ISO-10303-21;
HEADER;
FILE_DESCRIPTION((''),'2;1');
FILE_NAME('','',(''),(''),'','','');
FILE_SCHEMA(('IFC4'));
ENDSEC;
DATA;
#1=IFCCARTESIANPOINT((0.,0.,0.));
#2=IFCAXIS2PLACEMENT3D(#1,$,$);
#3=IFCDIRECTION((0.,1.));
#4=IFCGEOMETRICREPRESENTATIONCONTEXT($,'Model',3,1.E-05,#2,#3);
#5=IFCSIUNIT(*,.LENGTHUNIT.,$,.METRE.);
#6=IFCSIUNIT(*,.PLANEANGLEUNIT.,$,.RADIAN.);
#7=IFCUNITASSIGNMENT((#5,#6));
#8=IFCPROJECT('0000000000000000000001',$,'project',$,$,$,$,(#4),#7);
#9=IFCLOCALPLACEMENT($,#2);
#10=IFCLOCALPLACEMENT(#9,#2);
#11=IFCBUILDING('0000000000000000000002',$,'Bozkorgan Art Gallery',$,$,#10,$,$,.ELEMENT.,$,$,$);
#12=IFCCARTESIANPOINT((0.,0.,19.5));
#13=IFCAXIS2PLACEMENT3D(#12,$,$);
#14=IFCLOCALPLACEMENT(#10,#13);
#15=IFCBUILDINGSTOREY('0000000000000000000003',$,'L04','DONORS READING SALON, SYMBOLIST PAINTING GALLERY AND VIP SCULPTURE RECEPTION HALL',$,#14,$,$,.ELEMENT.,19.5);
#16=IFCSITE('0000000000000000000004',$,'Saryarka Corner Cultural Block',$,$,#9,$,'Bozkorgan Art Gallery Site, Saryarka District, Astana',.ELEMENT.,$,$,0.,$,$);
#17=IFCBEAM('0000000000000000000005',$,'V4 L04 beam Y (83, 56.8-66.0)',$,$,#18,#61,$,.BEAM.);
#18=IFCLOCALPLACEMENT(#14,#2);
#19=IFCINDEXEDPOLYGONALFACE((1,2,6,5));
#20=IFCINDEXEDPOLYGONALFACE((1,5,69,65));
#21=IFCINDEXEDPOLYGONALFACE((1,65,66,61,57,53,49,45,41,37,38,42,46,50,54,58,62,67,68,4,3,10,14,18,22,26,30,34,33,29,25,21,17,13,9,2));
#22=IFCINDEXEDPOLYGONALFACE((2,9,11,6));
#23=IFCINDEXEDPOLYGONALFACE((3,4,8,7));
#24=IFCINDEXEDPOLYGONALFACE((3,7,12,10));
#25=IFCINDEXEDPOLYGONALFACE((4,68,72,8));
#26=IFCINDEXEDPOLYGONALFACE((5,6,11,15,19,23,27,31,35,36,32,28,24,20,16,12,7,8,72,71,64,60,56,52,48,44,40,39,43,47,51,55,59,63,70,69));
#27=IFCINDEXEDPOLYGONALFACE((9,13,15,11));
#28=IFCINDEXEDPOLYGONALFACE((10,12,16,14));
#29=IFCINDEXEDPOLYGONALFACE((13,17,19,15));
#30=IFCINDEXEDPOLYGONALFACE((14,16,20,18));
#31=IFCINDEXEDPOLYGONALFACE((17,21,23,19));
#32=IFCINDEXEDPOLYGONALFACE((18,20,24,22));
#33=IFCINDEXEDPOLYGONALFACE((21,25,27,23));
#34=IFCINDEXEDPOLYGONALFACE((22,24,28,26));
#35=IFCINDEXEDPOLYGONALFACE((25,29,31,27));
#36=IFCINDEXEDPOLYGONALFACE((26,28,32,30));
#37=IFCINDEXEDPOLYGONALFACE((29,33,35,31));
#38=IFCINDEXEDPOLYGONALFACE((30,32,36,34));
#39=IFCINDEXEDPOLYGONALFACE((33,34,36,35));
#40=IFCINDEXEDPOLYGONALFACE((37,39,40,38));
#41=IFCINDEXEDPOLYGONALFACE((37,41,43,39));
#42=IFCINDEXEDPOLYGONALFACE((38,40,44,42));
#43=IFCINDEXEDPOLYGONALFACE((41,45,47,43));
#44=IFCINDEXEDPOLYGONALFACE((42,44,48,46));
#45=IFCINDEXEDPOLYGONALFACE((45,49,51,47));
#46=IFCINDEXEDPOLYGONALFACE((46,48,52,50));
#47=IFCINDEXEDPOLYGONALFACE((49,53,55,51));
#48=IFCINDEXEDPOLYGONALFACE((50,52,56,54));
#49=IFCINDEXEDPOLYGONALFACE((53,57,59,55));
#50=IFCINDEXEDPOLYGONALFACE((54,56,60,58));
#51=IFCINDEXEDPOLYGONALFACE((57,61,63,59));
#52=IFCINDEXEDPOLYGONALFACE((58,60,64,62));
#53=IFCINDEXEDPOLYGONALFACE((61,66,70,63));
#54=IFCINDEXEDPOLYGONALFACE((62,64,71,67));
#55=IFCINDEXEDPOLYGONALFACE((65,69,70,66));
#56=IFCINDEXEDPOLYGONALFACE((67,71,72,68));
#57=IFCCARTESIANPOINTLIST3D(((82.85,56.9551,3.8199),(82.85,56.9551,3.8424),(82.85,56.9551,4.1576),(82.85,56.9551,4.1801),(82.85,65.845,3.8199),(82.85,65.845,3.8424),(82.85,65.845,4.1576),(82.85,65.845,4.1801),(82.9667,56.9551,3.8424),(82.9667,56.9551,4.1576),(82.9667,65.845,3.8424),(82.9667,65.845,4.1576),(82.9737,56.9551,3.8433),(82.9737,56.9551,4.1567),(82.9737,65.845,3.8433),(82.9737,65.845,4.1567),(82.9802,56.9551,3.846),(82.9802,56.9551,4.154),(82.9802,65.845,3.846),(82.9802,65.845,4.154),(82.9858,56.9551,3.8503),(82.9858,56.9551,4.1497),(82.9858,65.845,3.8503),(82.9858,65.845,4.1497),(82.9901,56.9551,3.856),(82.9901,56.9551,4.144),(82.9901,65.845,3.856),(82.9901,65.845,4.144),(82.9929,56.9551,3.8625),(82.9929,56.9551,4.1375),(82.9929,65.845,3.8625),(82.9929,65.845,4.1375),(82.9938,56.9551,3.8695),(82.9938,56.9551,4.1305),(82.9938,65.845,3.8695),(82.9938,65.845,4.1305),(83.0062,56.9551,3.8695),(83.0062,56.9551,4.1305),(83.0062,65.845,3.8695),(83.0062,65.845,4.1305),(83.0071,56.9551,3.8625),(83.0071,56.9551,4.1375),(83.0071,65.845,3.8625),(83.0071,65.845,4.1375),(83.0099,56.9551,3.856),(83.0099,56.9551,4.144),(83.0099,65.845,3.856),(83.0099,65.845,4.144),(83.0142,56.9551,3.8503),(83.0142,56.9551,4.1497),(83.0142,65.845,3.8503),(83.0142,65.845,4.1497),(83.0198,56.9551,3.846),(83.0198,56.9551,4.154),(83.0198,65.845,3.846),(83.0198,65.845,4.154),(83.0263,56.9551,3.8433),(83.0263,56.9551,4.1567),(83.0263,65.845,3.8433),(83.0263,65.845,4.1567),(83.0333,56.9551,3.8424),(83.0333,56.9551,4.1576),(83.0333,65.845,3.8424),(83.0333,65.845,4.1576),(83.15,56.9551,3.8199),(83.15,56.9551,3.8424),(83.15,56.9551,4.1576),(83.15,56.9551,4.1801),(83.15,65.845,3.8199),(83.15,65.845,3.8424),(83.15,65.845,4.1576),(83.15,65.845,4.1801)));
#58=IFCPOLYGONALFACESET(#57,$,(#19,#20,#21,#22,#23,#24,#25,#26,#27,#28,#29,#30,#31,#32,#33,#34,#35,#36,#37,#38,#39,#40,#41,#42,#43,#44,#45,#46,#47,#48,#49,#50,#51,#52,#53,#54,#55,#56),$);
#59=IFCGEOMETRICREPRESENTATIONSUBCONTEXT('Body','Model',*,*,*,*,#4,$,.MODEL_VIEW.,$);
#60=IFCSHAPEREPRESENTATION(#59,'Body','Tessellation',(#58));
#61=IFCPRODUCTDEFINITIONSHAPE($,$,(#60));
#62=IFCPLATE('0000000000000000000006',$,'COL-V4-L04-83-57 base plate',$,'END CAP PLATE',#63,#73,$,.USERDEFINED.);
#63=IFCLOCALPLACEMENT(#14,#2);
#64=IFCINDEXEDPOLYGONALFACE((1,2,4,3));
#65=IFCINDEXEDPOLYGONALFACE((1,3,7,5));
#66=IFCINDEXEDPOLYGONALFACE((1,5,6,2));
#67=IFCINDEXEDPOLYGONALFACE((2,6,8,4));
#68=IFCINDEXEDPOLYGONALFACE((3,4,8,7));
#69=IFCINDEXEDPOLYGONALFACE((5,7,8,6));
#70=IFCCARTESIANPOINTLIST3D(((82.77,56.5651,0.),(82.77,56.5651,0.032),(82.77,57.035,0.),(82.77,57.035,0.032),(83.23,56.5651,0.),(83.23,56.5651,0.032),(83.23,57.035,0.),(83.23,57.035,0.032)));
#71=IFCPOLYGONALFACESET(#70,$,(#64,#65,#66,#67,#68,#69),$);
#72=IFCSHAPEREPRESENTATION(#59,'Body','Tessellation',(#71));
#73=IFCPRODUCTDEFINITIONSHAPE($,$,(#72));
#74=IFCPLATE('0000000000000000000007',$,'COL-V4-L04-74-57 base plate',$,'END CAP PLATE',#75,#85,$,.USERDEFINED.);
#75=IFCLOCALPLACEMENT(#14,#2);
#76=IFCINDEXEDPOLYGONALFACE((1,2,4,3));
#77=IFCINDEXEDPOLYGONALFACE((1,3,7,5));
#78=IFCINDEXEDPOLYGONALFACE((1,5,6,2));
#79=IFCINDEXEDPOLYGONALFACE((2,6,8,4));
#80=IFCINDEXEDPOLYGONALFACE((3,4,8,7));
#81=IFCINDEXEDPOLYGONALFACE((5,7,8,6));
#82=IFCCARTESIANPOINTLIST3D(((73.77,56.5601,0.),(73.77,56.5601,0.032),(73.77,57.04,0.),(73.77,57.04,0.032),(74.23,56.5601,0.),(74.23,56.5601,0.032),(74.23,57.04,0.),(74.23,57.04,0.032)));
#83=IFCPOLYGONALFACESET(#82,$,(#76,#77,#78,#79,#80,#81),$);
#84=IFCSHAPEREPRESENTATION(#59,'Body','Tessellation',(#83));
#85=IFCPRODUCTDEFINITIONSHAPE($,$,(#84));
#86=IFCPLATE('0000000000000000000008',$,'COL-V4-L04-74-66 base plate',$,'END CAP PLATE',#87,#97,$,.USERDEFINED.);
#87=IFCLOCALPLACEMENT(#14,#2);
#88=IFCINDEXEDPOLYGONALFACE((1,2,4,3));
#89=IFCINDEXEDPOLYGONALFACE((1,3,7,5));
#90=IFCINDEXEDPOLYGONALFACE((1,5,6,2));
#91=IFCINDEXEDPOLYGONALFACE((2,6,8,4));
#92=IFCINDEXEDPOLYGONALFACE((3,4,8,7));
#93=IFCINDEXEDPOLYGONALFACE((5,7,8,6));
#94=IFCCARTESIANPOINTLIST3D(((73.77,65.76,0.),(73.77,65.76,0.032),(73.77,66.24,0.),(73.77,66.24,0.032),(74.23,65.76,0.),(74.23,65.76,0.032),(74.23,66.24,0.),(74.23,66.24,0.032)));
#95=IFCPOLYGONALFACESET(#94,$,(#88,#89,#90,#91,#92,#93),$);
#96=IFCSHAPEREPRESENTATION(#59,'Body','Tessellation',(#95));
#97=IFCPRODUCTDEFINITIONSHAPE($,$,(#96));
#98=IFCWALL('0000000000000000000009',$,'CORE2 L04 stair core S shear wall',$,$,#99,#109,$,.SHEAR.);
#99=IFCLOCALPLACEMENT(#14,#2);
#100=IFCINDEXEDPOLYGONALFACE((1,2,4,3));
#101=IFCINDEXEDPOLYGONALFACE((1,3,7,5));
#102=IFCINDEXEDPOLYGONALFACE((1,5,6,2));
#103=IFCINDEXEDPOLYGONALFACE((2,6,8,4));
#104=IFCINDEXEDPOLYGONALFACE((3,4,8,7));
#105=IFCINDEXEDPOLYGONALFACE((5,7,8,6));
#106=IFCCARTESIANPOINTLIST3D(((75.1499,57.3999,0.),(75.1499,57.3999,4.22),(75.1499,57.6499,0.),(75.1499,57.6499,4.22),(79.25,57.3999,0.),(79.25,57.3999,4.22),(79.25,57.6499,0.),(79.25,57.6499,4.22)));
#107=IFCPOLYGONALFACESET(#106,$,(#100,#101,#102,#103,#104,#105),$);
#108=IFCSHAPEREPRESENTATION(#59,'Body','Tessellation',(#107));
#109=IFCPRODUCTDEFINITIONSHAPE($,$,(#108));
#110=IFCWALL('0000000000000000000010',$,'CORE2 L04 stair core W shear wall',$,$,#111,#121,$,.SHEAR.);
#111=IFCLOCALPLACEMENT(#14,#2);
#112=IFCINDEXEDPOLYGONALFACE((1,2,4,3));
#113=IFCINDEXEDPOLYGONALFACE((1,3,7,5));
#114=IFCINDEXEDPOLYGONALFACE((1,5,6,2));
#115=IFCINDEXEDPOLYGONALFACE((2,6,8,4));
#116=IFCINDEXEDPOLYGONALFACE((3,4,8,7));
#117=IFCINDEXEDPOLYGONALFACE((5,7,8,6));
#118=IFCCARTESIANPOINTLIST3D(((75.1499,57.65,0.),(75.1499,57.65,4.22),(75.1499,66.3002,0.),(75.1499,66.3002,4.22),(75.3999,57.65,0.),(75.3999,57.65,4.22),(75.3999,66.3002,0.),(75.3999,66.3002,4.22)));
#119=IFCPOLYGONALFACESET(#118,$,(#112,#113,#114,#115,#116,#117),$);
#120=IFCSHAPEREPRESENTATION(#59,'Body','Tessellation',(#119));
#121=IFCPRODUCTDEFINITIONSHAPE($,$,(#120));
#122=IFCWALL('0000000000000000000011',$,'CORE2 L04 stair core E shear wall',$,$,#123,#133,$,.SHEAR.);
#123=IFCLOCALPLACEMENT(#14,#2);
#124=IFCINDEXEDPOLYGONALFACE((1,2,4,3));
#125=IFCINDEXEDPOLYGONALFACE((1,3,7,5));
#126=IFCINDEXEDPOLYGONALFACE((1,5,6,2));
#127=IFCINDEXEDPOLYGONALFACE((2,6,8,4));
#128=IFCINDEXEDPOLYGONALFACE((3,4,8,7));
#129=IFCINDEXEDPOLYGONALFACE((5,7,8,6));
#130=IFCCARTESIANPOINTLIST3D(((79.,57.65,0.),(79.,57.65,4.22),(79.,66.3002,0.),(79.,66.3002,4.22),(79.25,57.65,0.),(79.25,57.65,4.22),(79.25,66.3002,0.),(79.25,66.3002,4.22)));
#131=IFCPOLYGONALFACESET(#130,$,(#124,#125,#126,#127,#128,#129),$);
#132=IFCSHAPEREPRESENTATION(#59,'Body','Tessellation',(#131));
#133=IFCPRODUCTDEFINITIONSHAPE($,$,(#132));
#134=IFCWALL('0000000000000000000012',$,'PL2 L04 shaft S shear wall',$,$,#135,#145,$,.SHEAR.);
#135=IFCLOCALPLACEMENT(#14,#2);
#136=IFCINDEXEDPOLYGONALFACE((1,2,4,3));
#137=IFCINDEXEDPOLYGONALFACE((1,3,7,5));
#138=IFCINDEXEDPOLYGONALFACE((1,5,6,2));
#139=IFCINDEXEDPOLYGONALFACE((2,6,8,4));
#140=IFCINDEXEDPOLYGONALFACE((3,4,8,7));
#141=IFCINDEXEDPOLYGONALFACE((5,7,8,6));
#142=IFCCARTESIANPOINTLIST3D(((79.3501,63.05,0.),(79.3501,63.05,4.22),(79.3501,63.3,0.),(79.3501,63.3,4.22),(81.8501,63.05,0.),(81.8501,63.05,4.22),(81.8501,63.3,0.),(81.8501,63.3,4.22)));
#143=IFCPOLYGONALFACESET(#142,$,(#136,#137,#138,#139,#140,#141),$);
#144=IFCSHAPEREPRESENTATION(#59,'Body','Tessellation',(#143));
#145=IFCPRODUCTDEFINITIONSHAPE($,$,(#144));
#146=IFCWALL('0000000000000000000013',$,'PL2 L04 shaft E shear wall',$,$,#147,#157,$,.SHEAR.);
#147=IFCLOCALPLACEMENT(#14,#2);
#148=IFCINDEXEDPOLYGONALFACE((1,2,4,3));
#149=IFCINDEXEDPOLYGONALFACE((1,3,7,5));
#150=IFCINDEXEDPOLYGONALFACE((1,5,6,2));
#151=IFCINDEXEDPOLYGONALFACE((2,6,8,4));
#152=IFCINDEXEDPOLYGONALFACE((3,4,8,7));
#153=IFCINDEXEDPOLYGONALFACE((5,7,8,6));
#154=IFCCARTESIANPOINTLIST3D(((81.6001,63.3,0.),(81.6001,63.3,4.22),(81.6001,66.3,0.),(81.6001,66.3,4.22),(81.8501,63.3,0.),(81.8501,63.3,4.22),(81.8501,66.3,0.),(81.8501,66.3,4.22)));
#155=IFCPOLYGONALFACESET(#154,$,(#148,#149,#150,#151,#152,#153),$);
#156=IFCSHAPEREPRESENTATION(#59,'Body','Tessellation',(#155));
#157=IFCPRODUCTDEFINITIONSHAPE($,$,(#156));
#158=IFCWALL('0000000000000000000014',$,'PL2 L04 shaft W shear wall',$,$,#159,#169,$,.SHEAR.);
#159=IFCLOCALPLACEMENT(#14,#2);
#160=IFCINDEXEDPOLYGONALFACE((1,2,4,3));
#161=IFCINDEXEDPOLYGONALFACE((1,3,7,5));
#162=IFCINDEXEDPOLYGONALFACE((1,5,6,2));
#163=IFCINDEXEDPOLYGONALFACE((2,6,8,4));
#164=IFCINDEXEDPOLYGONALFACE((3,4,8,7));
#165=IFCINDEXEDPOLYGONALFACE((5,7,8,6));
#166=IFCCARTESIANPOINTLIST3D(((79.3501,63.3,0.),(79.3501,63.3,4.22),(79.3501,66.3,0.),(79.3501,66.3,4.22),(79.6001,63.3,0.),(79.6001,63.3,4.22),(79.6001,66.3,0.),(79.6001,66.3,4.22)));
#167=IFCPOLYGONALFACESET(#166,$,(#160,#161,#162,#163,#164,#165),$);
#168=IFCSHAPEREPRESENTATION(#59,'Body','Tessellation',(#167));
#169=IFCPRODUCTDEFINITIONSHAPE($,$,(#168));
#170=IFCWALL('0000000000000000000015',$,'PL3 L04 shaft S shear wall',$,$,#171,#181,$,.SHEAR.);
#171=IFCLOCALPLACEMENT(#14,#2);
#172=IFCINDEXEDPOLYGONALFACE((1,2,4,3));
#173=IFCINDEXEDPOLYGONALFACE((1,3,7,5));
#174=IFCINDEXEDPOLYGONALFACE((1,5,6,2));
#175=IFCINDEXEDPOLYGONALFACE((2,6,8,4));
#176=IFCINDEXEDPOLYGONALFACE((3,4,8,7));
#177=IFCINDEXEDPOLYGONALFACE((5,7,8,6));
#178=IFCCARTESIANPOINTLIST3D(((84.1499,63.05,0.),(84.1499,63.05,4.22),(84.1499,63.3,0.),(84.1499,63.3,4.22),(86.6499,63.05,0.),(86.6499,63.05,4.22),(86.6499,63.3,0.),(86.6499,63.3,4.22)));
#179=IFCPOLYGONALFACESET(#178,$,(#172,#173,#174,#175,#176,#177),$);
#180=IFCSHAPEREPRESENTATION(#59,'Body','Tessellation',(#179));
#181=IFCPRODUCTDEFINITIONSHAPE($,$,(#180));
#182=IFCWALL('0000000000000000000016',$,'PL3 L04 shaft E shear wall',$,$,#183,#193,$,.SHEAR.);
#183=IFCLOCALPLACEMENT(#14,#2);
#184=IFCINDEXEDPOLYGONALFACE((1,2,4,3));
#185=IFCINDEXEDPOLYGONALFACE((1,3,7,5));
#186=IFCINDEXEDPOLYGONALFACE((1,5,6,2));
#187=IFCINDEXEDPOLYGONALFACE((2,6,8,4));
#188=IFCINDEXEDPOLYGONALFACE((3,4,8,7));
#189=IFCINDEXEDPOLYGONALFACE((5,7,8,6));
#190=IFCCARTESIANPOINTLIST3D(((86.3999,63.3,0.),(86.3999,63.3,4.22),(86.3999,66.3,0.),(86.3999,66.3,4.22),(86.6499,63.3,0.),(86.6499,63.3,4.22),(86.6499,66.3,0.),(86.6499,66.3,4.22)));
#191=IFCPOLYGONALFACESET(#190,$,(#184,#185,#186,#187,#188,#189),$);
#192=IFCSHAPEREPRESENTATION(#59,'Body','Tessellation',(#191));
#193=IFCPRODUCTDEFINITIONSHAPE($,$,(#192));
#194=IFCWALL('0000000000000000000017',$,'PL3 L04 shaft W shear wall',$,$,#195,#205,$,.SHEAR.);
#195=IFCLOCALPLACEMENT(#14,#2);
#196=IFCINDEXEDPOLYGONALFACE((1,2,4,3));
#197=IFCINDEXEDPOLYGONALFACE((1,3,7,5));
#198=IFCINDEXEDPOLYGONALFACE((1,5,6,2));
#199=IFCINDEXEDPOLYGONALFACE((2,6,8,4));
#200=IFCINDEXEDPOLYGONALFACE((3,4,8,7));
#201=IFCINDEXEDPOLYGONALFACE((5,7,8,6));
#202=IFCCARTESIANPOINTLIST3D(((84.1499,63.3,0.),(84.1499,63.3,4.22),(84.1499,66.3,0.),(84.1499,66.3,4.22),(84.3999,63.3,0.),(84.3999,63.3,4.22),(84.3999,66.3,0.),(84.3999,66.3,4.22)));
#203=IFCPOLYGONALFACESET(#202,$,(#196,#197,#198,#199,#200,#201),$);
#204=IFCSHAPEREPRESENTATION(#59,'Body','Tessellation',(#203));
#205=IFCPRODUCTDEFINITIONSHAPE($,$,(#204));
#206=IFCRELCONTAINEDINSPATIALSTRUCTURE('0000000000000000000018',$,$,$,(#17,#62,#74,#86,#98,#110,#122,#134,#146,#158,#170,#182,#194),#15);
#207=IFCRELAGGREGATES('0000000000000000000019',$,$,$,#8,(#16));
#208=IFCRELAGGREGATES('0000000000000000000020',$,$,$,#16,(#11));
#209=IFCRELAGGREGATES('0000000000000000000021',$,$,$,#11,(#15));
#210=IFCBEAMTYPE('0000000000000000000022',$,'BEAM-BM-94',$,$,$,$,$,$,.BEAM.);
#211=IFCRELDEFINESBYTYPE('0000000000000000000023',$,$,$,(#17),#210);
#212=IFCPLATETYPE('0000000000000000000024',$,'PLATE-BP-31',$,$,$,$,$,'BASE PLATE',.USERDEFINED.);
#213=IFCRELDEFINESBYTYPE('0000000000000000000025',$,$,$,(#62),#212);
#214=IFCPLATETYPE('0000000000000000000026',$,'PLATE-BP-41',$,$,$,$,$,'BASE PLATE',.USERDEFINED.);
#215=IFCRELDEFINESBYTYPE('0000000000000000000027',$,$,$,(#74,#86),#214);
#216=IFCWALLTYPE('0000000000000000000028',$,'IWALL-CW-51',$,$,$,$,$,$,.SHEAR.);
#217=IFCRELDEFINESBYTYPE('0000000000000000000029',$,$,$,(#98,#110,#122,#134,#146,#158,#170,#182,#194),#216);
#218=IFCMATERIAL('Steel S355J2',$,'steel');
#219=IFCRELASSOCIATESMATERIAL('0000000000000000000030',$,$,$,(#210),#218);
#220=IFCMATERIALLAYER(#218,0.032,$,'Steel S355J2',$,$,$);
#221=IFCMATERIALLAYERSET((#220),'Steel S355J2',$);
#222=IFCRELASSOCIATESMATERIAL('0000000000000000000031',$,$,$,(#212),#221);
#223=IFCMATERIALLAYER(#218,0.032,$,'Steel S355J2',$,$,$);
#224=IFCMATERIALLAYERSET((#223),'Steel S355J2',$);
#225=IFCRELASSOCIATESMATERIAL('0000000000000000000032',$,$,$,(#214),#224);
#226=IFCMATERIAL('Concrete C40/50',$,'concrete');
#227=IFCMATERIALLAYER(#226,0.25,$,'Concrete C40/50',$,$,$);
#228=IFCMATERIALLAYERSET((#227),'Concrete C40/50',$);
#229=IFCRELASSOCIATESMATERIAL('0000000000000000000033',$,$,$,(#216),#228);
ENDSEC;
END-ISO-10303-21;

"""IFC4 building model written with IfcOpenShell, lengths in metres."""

from ifc_helpers import new_model, si_unit, direction, frame, frame_2d, origin, origin_2d, place, context, subcontext, project, spatial, rectangle, i_section, extrude, material, layer, layer_set, material_profile, profile_set, type_object, element, save


model = new_model("IFC4")

# Units and contexts
model_context = context("Model", 3, precision=1e-05, world=origin(), true_north=direction((0.0, 1.0)))
body_context = subcontext(model_context, "Body", "Model", "MODEL_VIEW")
ifc_project = project(units=[si_unit("LENGTHUNIT", "METRE"), si_unit("PLANEANGLEUNIT", "RADIAN")], contexts=[model_context])

# Site, building, storey
site_placement = place(None, origin())
site = spatial("IfcSite", under=ifc_project, at=site_placement, Name="Saryarka Corner Cultural Block", LongName="Bozkorgan Art Gallery Site, Saryarka District, Astana", CompositionType="ELEMENT", RefElevation=0.0)
building_placement = place(site_placement, origin())
building = spatial("IfcBuilding", under=site, at=building_placement, Name="Bozkorgan Art Gallery", CompositionType="ELEMENT")
storey_placement = place(building_placement, frame((0.0, 0.0, 19.5)))
storey = spatial("IfcBuildingStorey", under=building, at=storey_placement, Name="L04", Description="DONORS READING SALON, SYMBOLIST PAINTING GALLERY AND VIP SCULPTURE RECEPTION HALL", CompositionType="ELEMENT", Elevation=19.5)

# Shared definitions
ifc_material_1 = material(Name="Steel S355J2", Category="steel")

# Beam
ifc_material_profile_1 = material_profile(ifc_material_1, i_section(OverallWidth=0.3, OverallDepth=0.3601, WebThickness=0.0125, FlangeThickness=0.0225, FilletRadius=0.0271, at=origin_2d()), Name="HEB 360")
ifc_profile_set_1 = profile_set([ifc_material_profile_1], Name="Steel S355J2")
beam_type = type_object("IfcBeamType", Name="BEAM-BM-94", PredefinedType="BEAM", material=ifc_profile_set_1)
beam_1_placement = place(storey_placement, frame((83.0, 56.9551, 4.0), z_axis=(0.0, 1.0, 0.0), x_axis=(-1.0, 0.0, 0.0)))
element("IfcBeam", 1, at=beam_1_placement, inside=storey, type_object=beam_type, Name="V4 L04 beam Y (83, 56.8-66.0)", PredefinedType="BEAM", context=body_context, shape_type="SweptSolid", body=[
    extrude(i_section(OverallWidth=0.3, OverallDepth=0.3601, WebThickness=0.0125, FlangeThickness=0.0225, FilletRadius=0.0271, at=origin_2d()), origin(), (0.0, 0.0, 1.0), 8.8899),
])

# Plates
ifc_layer_1 = layer(ifc_material_1, 0.032, Name="Steel S355J2")
ifc_layer_set_1 = layer_set([ifc_layer_1], Name="Steel S355J2")
plate_type_1 = type_object("IfcPlateType", Name="PLATE-BP-31", ElementType="BASE PLATE", PredefinedType="USERDEFINED", material=ifc_layer_set_1)
plate_placement = place(storey_placement, frame((83.0, 56.8, 0.0), z_axis=(0.0, 0.0, 1.0), x_axis=(1.0, 0.0, 0.0)))
element("IfcPlate", 2, at=plate_placement, inside=storey, type_object=plate_type_1, Name="COL-V4-L04-83-57 base plate", ObjectType="END CAP PLATE", PredefinedType="USERDEFINED", context=body_context, shape_type="SweptSolid", body=[
    extrude(rectangle(XDim=0.46, YDim=0.47, at=origin_2d()), origin(), (0.0, 0.0, 1.0), 0.032),
])
ifc_layer_2 = layer(ifc_material_1, 0.032, Name="Steel S355J2")
ifc_layer_set_2 = layer_set([ifc_layer_2], Name="Steel S355J2")
plate_type_2 = type_object("IfcPlateType", Name="PLATE-BP-41", ElementType="BASE PLATE", PredefinedType="USERDEFINED", material=ifc_layer_set_2)
for number, where, z_axis, x_axis, name in (
    (3, (74.0, 56.8, 0.0), (0.0, 0.0, 1.0), (1.0, 0.0, 0.0), "COL-V4-L04-74-57 base plate"),
    (4, (74.0, 66.0, 0.0), (0.0, 0.0, 1.0), (1.0, 0.0, 0.0), "COL-V4-L04-74-66 base plate"),
):
    element("IfcPlate", number, at=place(storey_placement, frame(where, z_axis=z_axis, x_axis=x_axis)), inside=storey, type_object=plate_type_2, Name=name, ObjectType="END CAP PLATE", PredefinedType="USERDEFINED", context=body_context, shape_type="SweptSolid", body=[
        extrude(rectangle(XDim=0.46, YDim=0.48, at=origin_2d()), origin(), (0.0, 0.0, 1.0), 0.032),
    ])

# Walls
ifc_material_2 = material(Name="Concrete C40/50", Category="concrete")
ifc_layer_3 = layer(ifc_material_2, 0.25, Name="Concrete C40/50")
ifc_layer_set_3 = layer_set([ifc_layer_3], Name="Concrete C40/50")
wall_type_1 = type_object("IfcWallType", Name="IWALL-CW-51", PredefinedType="SHEAR", material=ifc_layer_set_3)
wall_1_placement = place(storey_placement, frame((75.1499, 57.5249, 0.0), z_axis=(0.0, 0.0, 1.0), x_axis=(1.0, 0.0, 0.0)))
element("IfcWall", 5, at=wall_1_placement, inside=storey, type_object=wall_type_1, Name="CORE2 L04 stair core S shear wall", PredefinedType="SHEAR", context=body_context, shape_type="SweptSolid", body=[
    extrude(rectangle(XDim=4.1001, YDim=0.25, at=frame_2d((2.05, 0.0))), origin(), (0.0, 0.0, 1.0), 4.22),
])
for number, where, z_axis, x_axis, name in (
    (6, (75.2749, 57.6499, 0.0), (0.0, 0.0, 1.0), (0.0, 1.0, 0.0), "CORE2 L04 stair core W shear wall"),
    (7, (79.125, 57.6499, 0.0), (0.0, 0.0, 1.0), (0.0, 1.0, 0.0), "CORE2 L04 stair core E shear wall"),
):
    element("IfcWall", number, at=place(storey_placement, frame(where, z_axis=z_axis, x_axis=x_axis)), inside=storey, type_object=wall_type_1, Name=name, PredefinedType="SHEAR", context=body_context, shape_type="SweptSolid", body=[
        extrude(rectangle(XDim=8.6501, YDim=0.25, at=frame_2d((4.3252, 0.0))), origin(), (0.0, 0.0, 1.0), 4.22),
    ])
wall_2_placement = place(storey_placement, frame((79.3501, 63.175, 0.0), z_axis=(0.0, 0.0, 1.0), x_axis=(1.0, 0.0, 0.0)))
element("IfcWall", 8, at=wall_2_placement, inside=storey, type_object=wall_type_1, Name="PL2 L04 shaft S shear wall", PredefinedType="SHEAR", context=body_context, shape_type="SweptSolid", body=[
    extrude(rectangle(XDim=2.5, YDim=0.25, at=frame_2d((1.25, 0.0))), origin(), (0.0, 0.0, 1.0), 4.22),
])
for number, where, z_axis, x_axis, name in (
    (9, (81.7251, 63.3, 0.0), (0.0, 0.0, 1.0), (0.0, 1.0, 0.0), "PL2 L04 shaft E shear wall"),
    (10, (79.4751, 63.3, 0.0), (0.0, 0.0, 1.0), (0.0, 1.0, 0.0), "PL2 L04 shaft W shear wall"),
):
    element("IfcWall", number, at=place(storey_placement, frame(where, z_axis=z_axis, x_axis=x_axis)), inside=storey, type_object=wall_type_1, Name=name, PredefinedType="SHEAR", context=body_context, shape_type="SweptSolid", body=[
        extrude(rectangle(XDim=3.0, YDim=0.25, at=frame_2d((1.5, 0.0))), origin(), (0.0, 0.0, 1.0), 4.22),
    ])
wall_3_placement = place(storey_placement, frame((84.1499, 63.175, 0.0), z_axis=(0.0, 0.0, 1.0), x_axis=(1.0, 0.0, 0.0)))
element("IfcWall", 11, at=wall_3_placement, inside=storey, type_object=wall_type_1, Name="PL3 L04 shaft S shear wall", PredefinedType="SHEAR", context=body_context, shape_type="SweptSolid", body=[
    extrude(rectangle(XDim=2.5, YDim=0.25, at=frame_2d((1.25, 0.0))), origin(), (0.0, 0.0, 1.0), 4.22),
])
for number, where, z_axis, x_axis, name in (
    (12, (86.5249, 63.3, 0.0), (0.0, 0.0, 1.0), (0.0, 1.0, 0.0), "PL3 L04 shaft E shear wall"),
    (13, (84.2749, 63.3, 0.0), (0.0, 0.0, 1.0), (0.0, 1.0, 0.0), "PL3 L04 shaft W shear wall"),
):
    element("IfcWall", number, at=place(storey_placement, frame(where, z_axis=z_axis, x_axis=x_axis)), inside=storey, type_object=wall_type_1, Name=name, PredefinedType="SHEAR", context=body_context, shape_type="SweptSolid", body=[
        extrude(rectangle(XDim=3.0, YDim=0.25, at=frame_2d((1.5, 0.0))), origin(), (0.0, 0.0, 1.0), 4.22),
    ])

save(model, "model.ifc")
